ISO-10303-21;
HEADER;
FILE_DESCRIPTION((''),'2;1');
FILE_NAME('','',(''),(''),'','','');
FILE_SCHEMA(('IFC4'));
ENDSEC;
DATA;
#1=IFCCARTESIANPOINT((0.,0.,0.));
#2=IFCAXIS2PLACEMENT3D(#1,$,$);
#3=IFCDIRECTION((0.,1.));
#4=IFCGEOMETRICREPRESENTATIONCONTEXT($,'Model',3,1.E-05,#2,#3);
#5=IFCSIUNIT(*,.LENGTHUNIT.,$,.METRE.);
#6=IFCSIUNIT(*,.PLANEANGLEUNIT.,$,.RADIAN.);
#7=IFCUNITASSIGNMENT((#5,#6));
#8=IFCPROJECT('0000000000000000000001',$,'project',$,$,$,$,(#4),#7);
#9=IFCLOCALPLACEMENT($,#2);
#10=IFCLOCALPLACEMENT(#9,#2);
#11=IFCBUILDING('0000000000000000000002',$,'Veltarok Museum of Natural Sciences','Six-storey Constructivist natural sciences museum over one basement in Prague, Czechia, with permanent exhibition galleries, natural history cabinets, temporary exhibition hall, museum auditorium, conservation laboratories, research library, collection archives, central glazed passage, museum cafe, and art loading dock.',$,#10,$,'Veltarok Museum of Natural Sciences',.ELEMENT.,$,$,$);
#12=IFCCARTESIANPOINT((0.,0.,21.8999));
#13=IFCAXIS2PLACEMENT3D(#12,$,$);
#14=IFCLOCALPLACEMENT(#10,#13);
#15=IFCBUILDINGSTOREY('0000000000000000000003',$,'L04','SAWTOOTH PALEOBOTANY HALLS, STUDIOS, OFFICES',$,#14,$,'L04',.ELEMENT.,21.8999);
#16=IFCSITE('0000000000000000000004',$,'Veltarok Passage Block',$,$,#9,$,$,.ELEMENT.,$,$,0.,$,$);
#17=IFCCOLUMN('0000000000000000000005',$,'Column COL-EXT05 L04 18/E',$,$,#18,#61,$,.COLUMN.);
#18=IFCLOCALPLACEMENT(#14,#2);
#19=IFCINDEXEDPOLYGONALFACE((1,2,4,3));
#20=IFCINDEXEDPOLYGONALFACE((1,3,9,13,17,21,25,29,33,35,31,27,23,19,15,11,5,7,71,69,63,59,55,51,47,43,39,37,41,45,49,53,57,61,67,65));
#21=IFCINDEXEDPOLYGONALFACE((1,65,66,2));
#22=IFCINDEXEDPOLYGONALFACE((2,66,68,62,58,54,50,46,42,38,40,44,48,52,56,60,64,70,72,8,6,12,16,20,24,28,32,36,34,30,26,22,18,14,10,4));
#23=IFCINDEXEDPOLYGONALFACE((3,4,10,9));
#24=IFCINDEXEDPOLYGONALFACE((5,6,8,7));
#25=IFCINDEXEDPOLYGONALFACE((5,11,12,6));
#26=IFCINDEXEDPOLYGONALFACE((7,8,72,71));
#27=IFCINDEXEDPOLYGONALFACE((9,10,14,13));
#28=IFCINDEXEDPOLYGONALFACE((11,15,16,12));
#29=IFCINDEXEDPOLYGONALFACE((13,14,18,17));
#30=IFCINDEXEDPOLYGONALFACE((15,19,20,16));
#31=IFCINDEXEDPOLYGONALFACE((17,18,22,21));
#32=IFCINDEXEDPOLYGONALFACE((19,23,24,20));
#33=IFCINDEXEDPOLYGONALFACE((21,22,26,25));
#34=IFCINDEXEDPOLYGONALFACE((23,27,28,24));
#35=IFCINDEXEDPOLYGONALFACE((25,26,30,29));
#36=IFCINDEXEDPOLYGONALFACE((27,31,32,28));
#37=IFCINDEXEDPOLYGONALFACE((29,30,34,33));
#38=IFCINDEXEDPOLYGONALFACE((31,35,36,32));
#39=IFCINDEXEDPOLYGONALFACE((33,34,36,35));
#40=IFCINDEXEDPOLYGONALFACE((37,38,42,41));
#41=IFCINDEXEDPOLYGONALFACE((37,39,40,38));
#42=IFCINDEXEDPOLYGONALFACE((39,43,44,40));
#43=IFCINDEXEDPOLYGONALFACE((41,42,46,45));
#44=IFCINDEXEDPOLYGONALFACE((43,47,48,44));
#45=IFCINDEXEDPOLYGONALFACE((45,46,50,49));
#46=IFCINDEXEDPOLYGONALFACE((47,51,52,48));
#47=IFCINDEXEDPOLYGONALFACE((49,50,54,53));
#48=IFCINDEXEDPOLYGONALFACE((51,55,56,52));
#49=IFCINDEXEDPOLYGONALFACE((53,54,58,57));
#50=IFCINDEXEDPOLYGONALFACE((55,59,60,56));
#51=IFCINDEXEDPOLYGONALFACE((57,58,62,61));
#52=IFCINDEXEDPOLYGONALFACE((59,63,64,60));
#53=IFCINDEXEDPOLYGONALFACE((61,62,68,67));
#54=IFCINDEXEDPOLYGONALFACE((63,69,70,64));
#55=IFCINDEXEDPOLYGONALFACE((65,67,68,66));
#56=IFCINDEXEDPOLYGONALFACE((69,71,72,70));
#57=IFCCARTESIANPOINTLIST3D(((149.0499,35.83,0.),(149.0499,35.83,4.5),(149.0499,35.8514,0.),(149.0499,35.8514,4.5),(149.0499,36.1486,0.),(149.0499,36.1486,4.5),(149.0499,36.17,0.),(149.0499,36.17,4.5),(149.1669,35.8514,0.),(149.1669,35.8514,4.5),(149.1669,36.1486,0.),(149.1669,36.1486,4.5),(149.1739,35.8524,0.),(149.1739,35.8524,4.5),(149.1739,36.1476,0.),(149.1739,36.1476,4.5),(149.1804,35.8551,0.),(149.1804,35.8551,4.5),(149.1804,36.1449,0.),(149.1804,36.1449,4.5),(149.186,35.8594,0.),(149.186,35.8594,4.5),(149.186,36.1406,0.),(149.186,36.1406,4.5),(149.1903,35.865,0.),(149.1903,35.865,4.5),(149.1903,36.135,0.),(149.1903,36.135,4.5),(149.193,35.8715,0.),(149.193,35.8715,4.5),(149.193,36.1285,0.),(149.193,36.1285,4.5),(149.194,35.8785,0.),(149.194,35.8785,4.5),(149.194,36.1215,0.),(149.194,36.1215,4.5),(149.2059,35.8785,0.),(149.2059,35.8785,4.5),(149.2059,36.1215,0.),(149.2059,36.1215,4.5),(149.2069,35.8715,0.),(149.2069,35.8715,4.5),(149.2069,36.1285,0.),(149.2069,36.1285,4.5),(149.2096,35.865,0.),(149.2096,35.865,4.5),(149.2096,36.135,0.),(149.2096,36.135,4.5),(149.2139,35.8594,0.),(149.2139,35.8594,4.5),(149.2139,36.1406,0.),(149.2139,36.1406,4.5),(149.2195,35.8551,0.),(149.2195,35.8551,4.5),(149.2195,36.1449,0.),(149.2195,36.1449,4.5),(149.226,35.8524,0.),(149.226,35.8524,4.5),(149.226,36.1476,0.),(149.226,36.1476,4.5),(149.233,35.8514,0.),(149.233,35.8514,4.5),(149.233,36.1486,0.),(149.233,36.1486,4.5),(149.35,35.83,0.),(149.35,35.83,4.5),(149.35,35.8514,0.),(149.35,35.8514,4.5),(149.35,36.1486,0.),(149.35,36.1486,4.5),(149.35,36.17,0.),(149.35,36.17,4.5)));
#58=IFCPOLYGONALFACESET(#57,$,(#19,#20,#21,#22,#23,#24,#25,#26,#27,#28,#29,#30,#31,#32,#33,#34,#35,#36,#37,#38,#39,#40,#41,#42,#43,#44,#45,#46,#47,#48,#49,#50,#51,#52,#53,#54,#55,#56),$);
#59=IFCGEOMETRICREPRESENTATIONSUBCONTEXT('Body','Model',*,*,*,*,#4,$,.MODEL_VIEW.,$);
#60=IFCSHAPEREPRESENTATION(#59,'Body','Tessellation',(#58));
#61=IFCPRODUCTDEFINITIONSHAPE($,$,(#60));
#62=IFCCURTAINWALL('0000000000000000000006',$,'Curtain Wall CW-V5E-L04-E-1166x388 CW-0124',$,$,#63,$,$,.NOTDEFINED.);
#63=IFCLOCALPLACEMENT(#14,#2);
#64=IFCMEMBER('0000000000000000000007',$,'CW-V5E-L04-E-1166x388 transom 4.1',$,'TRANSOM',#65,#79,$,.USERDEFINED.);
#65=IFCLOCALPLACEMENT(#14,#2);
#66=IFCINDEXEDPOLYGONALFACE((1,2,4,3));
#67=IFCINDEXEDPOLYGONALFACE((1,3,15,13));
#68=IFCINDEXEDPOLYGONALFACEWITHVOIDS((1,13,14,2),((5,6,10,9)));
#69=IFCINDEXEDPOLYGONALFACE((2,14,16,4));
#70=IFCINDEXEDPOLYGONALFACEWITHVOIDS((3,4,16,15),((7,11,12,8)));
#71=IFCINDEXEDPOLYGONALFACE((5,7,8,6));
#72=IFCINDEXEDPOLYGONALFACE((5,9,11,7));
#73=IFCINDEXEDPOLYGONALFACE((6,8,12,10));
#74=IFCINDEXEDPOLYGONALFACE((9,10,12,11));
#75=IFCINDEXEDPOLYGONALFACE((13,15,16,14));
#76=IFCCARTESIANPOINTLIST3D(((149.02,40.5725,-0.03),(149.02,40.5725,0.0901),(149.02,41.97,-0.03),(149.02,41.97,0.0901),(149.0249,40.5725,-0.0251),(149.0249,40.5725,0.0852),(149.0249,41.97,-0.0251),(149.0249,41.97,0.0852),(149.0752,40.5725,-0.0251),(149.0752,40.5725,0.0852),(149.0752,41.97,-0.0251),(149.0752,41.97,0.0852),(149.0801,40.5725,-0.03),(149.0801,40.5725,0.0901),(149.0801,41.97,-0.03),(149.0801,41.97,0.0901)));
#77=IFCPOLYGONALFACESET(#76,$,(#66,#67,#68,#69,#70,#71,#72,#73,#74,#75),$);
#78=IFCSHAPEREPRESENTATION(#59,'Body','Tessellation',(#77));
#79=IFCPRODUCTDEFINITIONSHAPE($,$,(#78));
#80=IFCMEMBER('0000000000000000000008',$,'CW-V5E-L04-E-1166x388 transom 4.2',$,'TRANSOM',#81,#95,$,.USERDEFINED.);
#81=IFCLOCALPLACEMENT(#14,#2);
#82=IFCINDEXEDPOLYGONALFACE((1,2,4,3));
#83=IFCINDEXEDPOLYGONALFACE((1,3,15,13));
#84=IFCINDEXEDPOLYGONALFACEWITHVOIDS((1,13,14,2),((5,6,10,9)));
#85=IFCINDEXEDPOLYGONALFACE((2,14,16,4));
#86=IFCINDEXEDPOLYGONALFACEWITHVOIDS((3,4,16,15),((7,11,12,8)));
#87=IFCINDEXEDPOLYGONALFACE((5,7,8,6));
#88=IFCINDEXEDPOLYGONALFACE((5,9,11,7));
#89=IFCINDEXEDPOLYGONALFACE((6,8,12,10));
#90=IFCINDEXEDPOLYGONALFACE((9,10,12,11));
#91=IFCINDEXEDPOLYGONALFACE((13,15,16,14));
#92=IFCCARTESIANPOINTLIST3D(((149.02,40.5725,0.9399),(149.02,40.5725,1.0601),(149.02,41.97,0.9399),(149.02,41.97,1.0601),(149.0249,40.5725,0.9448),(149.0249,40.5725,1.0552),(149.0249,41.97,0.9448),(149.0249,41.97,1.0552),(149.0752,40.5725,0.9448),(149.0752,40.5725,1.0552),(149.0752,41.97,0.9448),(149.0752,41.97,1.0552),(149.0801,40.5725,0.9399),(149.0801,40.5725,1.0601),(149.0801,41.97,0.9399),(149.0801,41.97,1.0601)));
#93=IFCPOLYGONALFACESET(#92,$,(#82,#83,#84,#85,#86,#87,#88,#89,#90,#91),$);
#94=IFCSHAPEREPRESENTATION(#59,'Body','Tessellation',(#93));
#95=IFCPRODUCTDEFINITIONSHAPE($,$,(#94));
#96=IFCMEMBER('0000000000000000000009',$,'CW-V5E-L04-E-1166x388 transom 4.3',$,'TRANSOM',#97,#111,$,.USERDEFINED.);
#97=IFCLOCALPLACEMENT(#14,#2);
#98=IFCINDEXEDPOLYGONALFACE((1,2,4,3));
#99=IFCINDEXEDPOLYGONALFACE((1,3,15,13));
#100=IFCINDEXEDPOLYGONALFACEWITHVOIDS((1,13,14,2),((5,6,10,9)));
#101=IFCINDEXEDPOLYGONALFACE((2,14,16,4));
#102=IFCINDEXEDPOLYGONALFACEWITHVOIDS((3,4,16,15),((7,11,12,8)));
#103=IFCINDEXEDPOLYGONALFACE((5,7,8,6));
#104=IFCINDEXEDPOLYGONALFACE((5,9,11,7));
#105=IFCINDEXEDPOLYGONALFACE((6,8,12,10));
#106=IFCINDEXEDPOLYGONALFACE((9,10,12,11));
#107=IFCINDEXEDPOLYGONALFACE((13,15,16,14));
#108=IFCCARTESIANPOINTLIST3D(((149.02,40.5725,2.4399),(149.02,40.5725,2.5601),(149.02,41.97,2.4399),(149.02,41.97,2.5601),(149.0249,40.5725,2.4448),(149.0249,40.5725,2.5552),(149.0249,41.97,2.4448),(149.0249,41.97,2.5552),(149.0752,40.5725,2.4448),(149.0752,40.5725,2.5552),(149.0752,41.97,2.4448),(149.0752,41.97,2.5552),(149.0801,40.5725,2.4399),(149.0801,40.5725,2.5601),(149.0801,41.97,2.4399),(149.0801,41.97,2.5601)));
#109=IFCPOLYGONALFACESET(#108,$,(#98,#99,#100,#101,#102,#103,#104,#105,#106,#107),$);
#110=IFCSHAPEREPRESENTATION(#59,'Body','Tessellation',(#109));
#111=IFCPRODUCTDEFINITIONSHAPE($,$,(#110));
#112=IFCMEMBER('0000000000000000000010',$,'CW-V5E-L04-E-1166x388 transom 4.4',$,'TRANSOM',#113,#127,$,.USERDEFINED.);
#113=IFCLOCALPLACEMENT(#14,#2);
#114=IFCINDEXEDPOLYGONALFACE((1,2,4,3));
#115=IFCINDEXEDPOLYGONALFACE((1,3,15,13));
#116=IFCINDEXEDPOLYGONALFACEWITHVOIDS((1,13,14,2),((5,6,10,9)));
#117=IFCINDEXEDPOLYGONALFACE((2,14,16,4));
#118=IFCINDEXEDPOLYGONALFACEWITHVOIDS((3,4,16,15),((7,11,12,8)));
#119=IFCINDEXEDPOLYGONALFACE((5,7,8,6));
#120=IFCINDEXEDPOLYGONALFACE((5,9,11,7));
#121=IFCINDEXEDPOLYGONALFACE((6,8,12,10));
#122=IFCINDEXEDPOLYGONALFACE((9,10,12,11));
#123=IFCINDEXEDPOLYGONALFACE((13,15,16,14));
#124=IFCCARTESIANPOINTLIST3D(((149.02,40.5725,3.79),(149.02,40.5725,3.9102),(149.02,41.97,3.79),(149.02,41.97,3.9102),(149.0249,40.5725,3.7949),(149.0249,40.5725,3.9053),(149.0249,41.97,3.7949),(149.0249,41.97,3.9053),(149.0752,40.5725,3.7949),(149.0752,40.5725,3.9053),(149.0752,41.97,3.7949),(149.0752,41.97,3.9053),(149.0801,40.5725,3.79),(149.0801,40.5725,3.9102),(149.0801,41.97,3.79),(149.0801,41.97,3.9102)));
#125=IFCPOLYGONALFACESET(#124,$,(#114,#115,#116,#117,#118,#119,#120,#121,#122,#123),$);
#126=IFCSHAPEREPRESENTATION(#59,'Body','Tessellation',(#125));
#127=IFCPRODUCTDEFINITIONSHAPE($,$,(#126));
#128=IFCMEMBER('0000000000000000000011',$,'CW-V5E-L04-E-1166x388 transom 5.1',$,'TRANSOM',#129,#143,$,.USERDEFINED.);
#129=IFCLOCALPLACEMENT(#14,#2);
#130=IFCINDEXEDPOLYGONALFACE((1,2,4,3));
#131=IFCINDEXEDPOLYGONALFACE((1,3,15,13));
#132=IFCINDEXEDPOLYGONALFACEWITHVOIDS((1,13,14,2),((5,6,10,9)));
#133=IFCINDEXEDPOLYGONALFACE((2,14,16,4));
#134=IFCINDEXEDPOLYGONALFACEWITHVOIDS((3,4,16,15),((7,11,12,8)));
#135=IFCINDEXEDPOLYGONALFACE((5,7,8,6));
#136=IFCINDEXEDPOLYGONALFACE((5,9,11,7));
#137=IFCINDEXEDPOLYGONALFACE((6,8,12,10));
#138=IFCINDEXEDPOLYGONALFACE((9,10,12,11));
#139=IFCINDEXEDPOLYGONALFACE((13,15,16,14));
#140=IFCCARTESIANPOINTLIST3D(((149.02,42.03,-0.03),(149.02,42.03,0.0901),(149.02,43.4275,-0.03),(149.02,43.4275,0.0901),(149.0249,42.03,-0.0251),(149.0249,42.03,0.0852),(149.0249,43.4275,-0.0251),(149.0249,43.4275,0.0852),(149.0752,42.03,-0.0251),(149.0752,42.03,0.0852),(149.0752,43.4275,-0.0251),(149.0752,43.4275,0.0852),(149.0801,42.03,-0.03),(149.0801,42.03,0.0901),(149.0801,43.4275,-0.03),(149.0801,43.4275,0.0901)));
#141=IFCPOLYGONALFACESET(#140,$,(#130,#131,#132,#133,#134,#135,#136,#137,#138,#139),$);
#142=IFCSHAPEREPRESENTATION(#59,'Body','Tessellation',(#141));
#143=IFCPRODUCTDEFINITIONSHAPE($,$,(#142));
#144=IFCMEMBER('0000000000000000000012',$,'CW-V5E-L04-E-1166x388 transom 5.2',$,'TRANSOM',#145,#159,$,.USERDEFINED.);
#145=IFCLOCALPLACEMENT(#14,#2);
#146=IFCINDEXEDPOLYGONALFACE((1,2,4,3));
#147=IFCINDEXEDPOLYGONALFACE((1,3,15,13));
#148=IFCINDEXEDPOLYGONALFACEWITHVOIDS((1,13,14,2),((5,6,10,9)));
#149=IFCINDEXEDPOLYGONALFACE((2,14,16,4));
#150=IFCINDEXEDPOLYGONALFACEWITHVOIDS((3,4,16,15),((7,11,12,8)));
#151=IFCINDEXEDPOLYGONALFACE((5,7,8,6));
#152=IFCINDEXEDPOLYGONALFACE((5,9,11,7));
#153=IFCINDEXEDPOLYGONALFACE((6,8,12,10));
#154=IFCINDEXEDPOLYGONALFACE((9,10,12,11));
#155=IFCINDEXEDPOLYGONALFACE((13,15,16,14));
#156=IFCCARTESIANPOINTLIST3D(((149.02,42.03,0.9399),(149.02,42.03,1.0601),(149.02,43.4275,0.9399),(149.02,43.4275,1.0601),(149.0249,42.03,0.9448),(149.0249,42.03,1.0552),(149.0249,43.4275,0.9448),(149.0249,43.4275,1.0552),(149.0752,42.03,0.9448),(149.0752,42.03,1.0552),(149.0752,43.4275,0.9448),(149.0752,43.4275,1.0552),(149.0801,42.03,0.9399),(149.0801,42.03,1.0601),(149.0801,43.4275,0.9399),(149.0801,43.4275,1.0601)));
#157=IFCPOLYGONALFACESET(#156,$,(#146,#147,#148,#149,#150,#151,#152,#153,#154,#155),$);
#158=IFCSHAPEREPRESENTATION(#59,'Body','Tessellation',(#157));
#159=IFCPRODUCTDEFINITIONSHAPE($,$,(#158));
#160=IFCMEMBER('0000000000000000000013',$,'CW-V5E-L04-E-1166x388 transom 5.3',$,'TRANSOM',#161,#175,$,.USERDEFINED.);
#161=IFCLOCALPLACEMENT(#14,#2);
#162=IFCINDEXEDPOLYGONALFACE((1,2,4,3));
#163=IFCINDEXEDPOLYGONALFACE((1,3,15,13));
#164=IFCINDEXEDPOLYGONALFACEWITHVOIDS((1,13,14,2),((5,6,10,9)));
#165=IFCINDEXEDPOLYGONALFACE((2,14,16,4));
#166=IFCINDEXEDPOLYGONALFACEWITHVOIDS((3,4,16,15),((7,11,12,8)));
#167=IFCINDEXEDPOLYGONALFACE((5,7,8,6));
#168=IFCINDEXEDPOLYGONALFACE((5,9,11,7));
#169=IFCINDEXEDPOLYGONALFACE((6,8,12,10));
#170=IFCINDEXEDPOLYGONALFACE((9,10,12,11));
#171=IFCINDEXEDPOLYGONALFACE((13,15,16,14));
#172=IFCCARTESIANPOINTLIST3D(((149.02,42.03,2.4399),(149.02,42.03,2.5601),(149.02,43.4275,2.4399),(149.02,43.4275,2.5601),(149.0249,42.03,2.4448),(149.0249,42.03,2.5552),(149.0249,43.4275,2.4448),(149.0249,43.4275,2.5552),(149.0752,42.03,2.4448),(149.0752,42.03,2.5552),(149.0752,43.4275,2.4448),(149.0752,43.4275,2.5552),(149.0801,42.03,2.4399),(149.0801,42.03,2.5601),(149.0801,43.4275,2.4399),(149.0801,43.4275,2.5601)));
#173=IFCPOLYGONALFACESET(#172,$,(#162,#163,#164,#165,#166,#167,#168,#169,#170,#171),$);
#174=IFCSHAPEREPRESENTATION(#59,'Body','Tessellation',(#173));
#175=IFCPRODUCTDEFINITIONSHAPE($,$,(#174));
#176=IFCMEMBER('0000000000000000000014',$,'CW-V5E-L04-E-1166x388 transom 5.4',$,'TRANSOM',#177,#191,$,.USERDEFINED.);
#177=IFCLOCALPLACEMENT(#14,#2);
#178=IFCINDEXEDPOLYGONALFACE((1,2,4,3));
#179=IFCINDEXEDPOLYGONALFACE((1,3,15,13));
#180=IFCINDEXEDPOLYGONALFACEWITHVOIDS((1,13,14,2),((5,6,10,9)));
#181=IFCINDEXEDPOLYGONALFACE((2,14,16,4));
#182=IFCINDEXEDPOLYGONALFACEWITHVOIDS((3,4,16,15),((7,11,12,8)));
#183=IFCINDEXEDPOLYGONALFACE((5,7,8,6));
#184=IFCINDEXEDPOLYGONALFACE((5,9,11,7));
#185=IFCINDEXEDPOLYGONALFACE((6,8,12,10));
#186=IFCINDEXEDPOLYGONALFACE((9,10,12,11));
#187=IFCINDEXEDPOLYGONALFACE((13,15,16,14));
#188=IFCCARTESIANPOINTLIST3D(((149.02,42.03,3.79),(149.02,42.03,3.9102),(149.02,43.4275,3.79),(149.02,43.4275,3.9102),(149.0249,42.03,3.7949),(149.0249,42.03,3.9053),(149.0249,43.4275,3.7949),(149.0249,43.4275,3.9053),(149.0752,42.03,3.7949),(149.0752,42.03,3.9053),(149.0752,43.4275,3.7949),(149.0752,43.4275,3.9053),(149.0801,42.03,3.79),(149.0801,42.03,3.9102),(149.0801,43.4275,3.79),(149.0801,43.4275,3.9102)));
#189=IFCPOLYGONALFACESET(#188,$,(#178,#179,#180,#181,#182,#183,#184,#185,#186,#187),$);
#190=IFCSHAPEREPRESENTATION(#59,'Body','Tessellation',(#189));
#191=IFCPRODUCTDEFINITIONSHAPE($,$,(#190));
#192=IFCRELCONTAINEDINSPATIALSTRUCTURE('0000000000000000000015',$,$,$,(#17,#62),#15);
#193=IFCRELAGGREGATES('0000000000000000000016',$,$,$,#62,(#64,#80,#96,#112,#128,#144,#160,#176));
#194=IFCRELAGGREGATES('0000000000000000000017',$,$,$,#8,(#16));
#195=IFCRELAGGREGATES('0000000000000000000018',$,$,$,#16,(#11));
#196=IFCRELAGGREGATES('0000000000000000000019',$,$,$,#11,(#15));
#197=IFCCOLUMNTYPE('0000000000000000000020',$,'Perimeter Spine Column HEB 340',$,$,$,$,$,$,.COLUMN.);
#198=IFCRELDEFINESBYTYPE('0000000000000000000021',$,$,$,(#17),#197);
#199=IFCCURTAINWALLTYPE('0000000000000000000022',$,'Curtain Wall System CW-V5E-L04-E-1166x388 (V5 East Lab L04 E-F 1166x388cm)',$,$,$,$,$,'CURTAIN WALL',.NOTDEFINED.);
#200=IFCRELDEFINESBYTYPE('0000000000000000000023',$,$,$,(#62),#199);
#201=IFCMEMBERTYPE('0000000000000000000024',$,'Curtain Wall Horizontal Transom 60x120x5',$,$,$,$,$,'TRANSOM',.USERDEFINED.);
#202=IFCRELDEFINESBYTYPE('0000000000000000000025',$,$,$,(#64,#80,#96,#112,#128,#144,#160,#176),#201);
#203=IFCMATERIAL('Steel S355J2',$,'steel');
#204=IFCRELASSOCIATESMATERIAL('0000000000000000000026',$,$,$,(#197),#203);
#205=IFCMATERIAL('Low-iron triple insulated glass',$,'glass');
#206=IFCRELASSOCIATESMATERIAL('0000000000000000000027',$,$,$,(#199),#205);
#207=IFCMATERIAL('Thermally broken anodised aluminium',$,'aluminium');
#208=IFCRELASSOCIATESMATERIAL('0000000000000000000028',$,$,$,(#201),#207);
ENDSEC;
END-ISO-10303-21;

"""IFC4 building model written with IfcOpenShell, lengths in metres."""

from ifc_helpers import new_model, si_unit, direction, frame, origin, origin_2d, place, context, subcontext, project, spatial, hollow_rectangle, i_section, extrude, material, material_profile, profile_set, type_object, element, aggregate, save


model = new_model("IFC4")

# Units and contexts
model_context = context("Model", 3, precision=1e-05, world=origin(), true_north=direction((0.0, 1.0)))
body_context = subcontext(model_context, "Body", "Model", "MODEL_VIEW")
ifc_project = project(units=[si_unit("LENGTHUNIT", "METRE"), si_unit("PLANEANGLEUNIT", "RADIAN")], contexts=[model_context])

# Site, building, storey
site_placement = place(None, origin())
site = spatial("IfcSite", under=ifc_project, at=site_placement, Name="Veltarok Passage Block", CompositionType="ELEMENT", RefElevation=0.0)
building_placement = place(site_placement, origin())
building = spatial("IfcBuilding", under=site, at=building_placement, Name="Veltarok Museum of Natural Sciences", Description="Six-storey Constructivist natural sciences museum over one basement in Prague, Czechia, with permanent exhibition galleries, natural history cabinets, temporary exhibition hall, museum auditorium, conservation laboratories, research library, collection archives, central glazed passage, museum cafe, and art loading dock.", LongName="Veltarok Museum of Natural Sciences", CompositionType="ELEMENT")
storey_placement = place(building_placement, frame((0.0, 0.0, 21.8999)))
storey = spatial("IfcBuildingStorey", under=building, at=storey_placement, Name="L04", Description="SAWTOOTH PALEOBOTANY HALLS, STUDIOS, OFFICES", LongName="L04", CompositionType="ELEMENT", Elevation=21.8999)

# Column
ifc_material_1 = material(Name="Steel S355J2", Category="steel")
ifc_material_profile_1 = material_profile(ifc_material_1, i_section(OverallWidth=0.3, OverallDepth=0.3401, WebThickness=0.012, FlangeThickness=0.0215, FilletRadius=0.0271, at=origin_2d()), Name="HEB 340")
ifc_profile_set_1 = profile_set([ifc_material_profile_1], Name="Steel S355J2")
column_type = type_object("IfcColumnType", Name="Perimeter Spine Column HEB 340", PredefinedType="COLUMN", material=ifc_profile_set_1)
column_placement = place(storey_placement, frame((149.2, 36.0, 0.0), z_axis=(0.0, 0.0, 1.0), x_axis=(1.0, 0.0, 0.0)))
element("IfcColumn", 1, at=column_placement, inside=storey, type_object=column_type, Name="Column COL-EXT05 L04 18/E", PredefinedType="COLUMN", context=body_context, shape_type="SweptSolid", body=[
    extrude(i_section(OverallWidth=0.3, OverallDepth=0.3401, WebThickness=0.012, FlangeThickness=0.0215, FilletRadius=0.0271, at=origin_2d()), origin(), (0.0, 0.0, 1.0), 4.5),
])

# Curtain wall, members
ifc_material_2 = material(Name="Low-iron triple insulated glass", Category="glass")
curtain_wall_type = type_object("IfcCurtainWallType", Name="Curtain Wall System CW-V5E-L04-E-1166x388 (V5 East Lab L04 E-F 1166x388cm)", ElementType="CURTAIN WALL", PredefinedType="NOTDEFINED", material=ifc_material_2)
curtain_wall_placement = place(storey_placement, origin())
curtain_wall = element("IfcCurtainWall", 2, at=curtain_wall_placement, inside=storey, type_object=curtain_wall_type, Name="Curtain Wall CW-V5E-L04-E-1166x388 CW-0124", PredefinedType="NOTDEFINED")
ifc_material_3 = material(Name="Thermally broken anodised aluminium", Category="aluminium")
ifc_material_profile_2 = material_profile(ifc_material_3, hollow_rectangle(XDim=0.0601, YDim=0.1201, WallThickness=0.0049, at=origin_2d()), Name="CW TRANSOM 60x120x5")
ifc_profile_set_2 = profile_set([ifc_material_profile_2], Name="Thermally broken anodised aluminium")
member_type_1 = type_object("IfcMemberType", Name="Curtain Wall Horizontal Transom 60x120x5", ElementType="TRANSOM", PredefinedType="USERDEFINED", material=ifc_profile_set_2)
member_1_placement = place(storey_placement, frame((149.05, 40.5725, 0.03), z_axis=(0.0, 1.0, 0.0), x_axis=(-1.0, 0.0, 0.0)))
member_1 = element("IfcMember", 3, at=member_1_placement, type_object=member_type_1, Name="CW-V5E-L04-E-1166x388 transom 4.1", ObjectType="TRANSOM", PredefinedType="USERDEFINED", context=body_context, shape_type="SweptSolid", body=[
    extrude(hollow_rectangle(XDim=0.0601, YDim=0.1201, WallThickness=0.0049, at=origin_2d()), origin(), (0.0, 0.0, 1.0), 1.3975),
])
member_2_placement = place(storey_placement, frame((149.05, 40.5725, 1.0), z_axis=(0.0, 1.0, 0.0), x_axis=(-1.0, 0.0, 0.0)))
member_2 = element("IfcMember", 4, at=member_2_placement, type_object=member_type_1, Name="CW-V5E-L04-E-1166x388 transom 4.2", ObjectType="TRANSOM", PredefinedType="USERDEFINED", context=body_context, shape_type="SweptSolid", body=[
    extrude(hollow_rectangle(XDim=0.0601, YDim=0.1201, WallThickness=0.0049, at=origin_2d()), origin(), (0.0, 0.0, 1.0), 1.3975),
])
member_3_placement = place(storey_placement, frame((149.05, 40.5725, 2.5), z_axis=(0.0, 1.0, 0.0), x_axis=(-1.0, 0.0, 0.0)))
member_3 = element("IfcMember", 5, at=member_3_placement, type_object=member_type_1, Name="CW-V5E-L04-E-1166x388 transom 4.3", ObjectType="TRANSOM", PredefinedType="USERDEFINED", context=body_context, shape_type="SweptSolid", body=[
    extrude(hollow_rectangle(XDim=0.0601, YDim=0.1201, WallThickness=0.0049, at=origin_2d()), origin(), (0.0, 0.0, 1.0), 1.3975),
])
member_4_placement = place(storey_placement, frame((149.05, 40.5725, 3.8501), z_axis=(0.0, 1.0, 0.0), x_axis=(-1.0, 0.0, 0.0)))
member_4 = element("IfcMember", 6, at=member_4_placement, type_object=member_type_1, Name="CW-V5E-L04-E-1166x388 transom 4.4", ObjectType="TRANSOM", PredefinedType="USERDEFINED", context=body_context, shape_type="SweptSolid", body=[
    extrude(hollow_rectangle(XDim=0.0601, YDim=0.1201, WallThickness=0.0049, at=origin_2d()), origin(), (0.0, 0.0, 1.0), 1.3975),
])
member_5_placement = place(storey_placement, frame((149.05, 42.03, 0.03), z_axis=(0.0, 1.0, 0.0), x_axis=(-1.0, 0.0, 0.0)))
member_5 = element("IfcMember", 7, at=member_5_placement, type_object=member_type_1, Name="CW-V5E-L04-E-1166x388 transom 5.1", ObjectType="TRANSOM", PredefinedType="USERDEFINED", context=body_context, shape_type="SweptSolid", body=[
    extrude(hollow_rectangle(XDim=0.0601, YDim=0.1201, WallThickness=0.0049, at=origin_2d()), origin(), (0.0, 0.0, 1.0), 1.3975),
])
member_6_placement = place(storey_placement, frame((149.05, 42.03, 1.0), z_axis=(0.0, 1.0, 0.0), x_axis=(-1.0, 0.0, 0.0)))
member_6 = element("IfcMember", 8, at=member_6_placement, type_object=member_type_1, Name="CW-V5E-L04-E-1166x388 transom 5.2", ObjectType="TRANSOM", PredefinedType="USERDEFINED", context=body_context, shape_type="SweptSolid", body=[
    extrude(hollow_rectangle(XDim=0.0601, YDim=0.1201, WallThickness=0.0049, at=origin_2d()), origin(), (0.0, 0.0, 1.0), 1.3975),
])
member_7_placement = place(storey_placement, frame((149.05, 42.03, 2.5), z_axis=(0.0, 1.0, 0.0), x_axis=(-1.0, 0.0, 0.0)))
member_7 = element("IfcMember", 9, at=member_7_placement, type_object=member_type_1, Name="CW-V5E-L04-E-1166x388 transom 5.3", ObjectType="TRANSOM", PredefinedType="USERDEFINED", context=body_context, shape_type="SweptSolid", body=[
    extrude(hollow_rectangle(XDim=0.0601, YDim=0.1201, WallThickness=0.0049, at=origin_2d()), origin(), (0.0, 0.0, 1.0), 1.3975),
])
member_8_placement = place(storey_placement, frame((149.05, 42.03, 3.8501), z_axis=(0.0, 1.0, 0.0), x_axis=(-1.0, 0.0, 0.0)))
member_8 = element("IfcMember", 10, at=member_8_placement, type_object=member_type_1, Name="CW-V5E-L04-E-1166x388 transom 5.4", ObjectType="TRANSOM", PredefinedType="USERDEFINED", context=body_context, shape_type="SweptSolid", body=[
    extrude(hollow_rectangle(XDim=0.0601, YDim=0.1201, WallThickness=0.0049, at=origin_2d()), origin(), (0.0, 0.0, 1.0), 1.3975),
])

aggregate(curtain_wall, [member_1, member_2, member_3, member_4, member_5, member_6, member_7, member_8])

save(model, "model.ifc")
